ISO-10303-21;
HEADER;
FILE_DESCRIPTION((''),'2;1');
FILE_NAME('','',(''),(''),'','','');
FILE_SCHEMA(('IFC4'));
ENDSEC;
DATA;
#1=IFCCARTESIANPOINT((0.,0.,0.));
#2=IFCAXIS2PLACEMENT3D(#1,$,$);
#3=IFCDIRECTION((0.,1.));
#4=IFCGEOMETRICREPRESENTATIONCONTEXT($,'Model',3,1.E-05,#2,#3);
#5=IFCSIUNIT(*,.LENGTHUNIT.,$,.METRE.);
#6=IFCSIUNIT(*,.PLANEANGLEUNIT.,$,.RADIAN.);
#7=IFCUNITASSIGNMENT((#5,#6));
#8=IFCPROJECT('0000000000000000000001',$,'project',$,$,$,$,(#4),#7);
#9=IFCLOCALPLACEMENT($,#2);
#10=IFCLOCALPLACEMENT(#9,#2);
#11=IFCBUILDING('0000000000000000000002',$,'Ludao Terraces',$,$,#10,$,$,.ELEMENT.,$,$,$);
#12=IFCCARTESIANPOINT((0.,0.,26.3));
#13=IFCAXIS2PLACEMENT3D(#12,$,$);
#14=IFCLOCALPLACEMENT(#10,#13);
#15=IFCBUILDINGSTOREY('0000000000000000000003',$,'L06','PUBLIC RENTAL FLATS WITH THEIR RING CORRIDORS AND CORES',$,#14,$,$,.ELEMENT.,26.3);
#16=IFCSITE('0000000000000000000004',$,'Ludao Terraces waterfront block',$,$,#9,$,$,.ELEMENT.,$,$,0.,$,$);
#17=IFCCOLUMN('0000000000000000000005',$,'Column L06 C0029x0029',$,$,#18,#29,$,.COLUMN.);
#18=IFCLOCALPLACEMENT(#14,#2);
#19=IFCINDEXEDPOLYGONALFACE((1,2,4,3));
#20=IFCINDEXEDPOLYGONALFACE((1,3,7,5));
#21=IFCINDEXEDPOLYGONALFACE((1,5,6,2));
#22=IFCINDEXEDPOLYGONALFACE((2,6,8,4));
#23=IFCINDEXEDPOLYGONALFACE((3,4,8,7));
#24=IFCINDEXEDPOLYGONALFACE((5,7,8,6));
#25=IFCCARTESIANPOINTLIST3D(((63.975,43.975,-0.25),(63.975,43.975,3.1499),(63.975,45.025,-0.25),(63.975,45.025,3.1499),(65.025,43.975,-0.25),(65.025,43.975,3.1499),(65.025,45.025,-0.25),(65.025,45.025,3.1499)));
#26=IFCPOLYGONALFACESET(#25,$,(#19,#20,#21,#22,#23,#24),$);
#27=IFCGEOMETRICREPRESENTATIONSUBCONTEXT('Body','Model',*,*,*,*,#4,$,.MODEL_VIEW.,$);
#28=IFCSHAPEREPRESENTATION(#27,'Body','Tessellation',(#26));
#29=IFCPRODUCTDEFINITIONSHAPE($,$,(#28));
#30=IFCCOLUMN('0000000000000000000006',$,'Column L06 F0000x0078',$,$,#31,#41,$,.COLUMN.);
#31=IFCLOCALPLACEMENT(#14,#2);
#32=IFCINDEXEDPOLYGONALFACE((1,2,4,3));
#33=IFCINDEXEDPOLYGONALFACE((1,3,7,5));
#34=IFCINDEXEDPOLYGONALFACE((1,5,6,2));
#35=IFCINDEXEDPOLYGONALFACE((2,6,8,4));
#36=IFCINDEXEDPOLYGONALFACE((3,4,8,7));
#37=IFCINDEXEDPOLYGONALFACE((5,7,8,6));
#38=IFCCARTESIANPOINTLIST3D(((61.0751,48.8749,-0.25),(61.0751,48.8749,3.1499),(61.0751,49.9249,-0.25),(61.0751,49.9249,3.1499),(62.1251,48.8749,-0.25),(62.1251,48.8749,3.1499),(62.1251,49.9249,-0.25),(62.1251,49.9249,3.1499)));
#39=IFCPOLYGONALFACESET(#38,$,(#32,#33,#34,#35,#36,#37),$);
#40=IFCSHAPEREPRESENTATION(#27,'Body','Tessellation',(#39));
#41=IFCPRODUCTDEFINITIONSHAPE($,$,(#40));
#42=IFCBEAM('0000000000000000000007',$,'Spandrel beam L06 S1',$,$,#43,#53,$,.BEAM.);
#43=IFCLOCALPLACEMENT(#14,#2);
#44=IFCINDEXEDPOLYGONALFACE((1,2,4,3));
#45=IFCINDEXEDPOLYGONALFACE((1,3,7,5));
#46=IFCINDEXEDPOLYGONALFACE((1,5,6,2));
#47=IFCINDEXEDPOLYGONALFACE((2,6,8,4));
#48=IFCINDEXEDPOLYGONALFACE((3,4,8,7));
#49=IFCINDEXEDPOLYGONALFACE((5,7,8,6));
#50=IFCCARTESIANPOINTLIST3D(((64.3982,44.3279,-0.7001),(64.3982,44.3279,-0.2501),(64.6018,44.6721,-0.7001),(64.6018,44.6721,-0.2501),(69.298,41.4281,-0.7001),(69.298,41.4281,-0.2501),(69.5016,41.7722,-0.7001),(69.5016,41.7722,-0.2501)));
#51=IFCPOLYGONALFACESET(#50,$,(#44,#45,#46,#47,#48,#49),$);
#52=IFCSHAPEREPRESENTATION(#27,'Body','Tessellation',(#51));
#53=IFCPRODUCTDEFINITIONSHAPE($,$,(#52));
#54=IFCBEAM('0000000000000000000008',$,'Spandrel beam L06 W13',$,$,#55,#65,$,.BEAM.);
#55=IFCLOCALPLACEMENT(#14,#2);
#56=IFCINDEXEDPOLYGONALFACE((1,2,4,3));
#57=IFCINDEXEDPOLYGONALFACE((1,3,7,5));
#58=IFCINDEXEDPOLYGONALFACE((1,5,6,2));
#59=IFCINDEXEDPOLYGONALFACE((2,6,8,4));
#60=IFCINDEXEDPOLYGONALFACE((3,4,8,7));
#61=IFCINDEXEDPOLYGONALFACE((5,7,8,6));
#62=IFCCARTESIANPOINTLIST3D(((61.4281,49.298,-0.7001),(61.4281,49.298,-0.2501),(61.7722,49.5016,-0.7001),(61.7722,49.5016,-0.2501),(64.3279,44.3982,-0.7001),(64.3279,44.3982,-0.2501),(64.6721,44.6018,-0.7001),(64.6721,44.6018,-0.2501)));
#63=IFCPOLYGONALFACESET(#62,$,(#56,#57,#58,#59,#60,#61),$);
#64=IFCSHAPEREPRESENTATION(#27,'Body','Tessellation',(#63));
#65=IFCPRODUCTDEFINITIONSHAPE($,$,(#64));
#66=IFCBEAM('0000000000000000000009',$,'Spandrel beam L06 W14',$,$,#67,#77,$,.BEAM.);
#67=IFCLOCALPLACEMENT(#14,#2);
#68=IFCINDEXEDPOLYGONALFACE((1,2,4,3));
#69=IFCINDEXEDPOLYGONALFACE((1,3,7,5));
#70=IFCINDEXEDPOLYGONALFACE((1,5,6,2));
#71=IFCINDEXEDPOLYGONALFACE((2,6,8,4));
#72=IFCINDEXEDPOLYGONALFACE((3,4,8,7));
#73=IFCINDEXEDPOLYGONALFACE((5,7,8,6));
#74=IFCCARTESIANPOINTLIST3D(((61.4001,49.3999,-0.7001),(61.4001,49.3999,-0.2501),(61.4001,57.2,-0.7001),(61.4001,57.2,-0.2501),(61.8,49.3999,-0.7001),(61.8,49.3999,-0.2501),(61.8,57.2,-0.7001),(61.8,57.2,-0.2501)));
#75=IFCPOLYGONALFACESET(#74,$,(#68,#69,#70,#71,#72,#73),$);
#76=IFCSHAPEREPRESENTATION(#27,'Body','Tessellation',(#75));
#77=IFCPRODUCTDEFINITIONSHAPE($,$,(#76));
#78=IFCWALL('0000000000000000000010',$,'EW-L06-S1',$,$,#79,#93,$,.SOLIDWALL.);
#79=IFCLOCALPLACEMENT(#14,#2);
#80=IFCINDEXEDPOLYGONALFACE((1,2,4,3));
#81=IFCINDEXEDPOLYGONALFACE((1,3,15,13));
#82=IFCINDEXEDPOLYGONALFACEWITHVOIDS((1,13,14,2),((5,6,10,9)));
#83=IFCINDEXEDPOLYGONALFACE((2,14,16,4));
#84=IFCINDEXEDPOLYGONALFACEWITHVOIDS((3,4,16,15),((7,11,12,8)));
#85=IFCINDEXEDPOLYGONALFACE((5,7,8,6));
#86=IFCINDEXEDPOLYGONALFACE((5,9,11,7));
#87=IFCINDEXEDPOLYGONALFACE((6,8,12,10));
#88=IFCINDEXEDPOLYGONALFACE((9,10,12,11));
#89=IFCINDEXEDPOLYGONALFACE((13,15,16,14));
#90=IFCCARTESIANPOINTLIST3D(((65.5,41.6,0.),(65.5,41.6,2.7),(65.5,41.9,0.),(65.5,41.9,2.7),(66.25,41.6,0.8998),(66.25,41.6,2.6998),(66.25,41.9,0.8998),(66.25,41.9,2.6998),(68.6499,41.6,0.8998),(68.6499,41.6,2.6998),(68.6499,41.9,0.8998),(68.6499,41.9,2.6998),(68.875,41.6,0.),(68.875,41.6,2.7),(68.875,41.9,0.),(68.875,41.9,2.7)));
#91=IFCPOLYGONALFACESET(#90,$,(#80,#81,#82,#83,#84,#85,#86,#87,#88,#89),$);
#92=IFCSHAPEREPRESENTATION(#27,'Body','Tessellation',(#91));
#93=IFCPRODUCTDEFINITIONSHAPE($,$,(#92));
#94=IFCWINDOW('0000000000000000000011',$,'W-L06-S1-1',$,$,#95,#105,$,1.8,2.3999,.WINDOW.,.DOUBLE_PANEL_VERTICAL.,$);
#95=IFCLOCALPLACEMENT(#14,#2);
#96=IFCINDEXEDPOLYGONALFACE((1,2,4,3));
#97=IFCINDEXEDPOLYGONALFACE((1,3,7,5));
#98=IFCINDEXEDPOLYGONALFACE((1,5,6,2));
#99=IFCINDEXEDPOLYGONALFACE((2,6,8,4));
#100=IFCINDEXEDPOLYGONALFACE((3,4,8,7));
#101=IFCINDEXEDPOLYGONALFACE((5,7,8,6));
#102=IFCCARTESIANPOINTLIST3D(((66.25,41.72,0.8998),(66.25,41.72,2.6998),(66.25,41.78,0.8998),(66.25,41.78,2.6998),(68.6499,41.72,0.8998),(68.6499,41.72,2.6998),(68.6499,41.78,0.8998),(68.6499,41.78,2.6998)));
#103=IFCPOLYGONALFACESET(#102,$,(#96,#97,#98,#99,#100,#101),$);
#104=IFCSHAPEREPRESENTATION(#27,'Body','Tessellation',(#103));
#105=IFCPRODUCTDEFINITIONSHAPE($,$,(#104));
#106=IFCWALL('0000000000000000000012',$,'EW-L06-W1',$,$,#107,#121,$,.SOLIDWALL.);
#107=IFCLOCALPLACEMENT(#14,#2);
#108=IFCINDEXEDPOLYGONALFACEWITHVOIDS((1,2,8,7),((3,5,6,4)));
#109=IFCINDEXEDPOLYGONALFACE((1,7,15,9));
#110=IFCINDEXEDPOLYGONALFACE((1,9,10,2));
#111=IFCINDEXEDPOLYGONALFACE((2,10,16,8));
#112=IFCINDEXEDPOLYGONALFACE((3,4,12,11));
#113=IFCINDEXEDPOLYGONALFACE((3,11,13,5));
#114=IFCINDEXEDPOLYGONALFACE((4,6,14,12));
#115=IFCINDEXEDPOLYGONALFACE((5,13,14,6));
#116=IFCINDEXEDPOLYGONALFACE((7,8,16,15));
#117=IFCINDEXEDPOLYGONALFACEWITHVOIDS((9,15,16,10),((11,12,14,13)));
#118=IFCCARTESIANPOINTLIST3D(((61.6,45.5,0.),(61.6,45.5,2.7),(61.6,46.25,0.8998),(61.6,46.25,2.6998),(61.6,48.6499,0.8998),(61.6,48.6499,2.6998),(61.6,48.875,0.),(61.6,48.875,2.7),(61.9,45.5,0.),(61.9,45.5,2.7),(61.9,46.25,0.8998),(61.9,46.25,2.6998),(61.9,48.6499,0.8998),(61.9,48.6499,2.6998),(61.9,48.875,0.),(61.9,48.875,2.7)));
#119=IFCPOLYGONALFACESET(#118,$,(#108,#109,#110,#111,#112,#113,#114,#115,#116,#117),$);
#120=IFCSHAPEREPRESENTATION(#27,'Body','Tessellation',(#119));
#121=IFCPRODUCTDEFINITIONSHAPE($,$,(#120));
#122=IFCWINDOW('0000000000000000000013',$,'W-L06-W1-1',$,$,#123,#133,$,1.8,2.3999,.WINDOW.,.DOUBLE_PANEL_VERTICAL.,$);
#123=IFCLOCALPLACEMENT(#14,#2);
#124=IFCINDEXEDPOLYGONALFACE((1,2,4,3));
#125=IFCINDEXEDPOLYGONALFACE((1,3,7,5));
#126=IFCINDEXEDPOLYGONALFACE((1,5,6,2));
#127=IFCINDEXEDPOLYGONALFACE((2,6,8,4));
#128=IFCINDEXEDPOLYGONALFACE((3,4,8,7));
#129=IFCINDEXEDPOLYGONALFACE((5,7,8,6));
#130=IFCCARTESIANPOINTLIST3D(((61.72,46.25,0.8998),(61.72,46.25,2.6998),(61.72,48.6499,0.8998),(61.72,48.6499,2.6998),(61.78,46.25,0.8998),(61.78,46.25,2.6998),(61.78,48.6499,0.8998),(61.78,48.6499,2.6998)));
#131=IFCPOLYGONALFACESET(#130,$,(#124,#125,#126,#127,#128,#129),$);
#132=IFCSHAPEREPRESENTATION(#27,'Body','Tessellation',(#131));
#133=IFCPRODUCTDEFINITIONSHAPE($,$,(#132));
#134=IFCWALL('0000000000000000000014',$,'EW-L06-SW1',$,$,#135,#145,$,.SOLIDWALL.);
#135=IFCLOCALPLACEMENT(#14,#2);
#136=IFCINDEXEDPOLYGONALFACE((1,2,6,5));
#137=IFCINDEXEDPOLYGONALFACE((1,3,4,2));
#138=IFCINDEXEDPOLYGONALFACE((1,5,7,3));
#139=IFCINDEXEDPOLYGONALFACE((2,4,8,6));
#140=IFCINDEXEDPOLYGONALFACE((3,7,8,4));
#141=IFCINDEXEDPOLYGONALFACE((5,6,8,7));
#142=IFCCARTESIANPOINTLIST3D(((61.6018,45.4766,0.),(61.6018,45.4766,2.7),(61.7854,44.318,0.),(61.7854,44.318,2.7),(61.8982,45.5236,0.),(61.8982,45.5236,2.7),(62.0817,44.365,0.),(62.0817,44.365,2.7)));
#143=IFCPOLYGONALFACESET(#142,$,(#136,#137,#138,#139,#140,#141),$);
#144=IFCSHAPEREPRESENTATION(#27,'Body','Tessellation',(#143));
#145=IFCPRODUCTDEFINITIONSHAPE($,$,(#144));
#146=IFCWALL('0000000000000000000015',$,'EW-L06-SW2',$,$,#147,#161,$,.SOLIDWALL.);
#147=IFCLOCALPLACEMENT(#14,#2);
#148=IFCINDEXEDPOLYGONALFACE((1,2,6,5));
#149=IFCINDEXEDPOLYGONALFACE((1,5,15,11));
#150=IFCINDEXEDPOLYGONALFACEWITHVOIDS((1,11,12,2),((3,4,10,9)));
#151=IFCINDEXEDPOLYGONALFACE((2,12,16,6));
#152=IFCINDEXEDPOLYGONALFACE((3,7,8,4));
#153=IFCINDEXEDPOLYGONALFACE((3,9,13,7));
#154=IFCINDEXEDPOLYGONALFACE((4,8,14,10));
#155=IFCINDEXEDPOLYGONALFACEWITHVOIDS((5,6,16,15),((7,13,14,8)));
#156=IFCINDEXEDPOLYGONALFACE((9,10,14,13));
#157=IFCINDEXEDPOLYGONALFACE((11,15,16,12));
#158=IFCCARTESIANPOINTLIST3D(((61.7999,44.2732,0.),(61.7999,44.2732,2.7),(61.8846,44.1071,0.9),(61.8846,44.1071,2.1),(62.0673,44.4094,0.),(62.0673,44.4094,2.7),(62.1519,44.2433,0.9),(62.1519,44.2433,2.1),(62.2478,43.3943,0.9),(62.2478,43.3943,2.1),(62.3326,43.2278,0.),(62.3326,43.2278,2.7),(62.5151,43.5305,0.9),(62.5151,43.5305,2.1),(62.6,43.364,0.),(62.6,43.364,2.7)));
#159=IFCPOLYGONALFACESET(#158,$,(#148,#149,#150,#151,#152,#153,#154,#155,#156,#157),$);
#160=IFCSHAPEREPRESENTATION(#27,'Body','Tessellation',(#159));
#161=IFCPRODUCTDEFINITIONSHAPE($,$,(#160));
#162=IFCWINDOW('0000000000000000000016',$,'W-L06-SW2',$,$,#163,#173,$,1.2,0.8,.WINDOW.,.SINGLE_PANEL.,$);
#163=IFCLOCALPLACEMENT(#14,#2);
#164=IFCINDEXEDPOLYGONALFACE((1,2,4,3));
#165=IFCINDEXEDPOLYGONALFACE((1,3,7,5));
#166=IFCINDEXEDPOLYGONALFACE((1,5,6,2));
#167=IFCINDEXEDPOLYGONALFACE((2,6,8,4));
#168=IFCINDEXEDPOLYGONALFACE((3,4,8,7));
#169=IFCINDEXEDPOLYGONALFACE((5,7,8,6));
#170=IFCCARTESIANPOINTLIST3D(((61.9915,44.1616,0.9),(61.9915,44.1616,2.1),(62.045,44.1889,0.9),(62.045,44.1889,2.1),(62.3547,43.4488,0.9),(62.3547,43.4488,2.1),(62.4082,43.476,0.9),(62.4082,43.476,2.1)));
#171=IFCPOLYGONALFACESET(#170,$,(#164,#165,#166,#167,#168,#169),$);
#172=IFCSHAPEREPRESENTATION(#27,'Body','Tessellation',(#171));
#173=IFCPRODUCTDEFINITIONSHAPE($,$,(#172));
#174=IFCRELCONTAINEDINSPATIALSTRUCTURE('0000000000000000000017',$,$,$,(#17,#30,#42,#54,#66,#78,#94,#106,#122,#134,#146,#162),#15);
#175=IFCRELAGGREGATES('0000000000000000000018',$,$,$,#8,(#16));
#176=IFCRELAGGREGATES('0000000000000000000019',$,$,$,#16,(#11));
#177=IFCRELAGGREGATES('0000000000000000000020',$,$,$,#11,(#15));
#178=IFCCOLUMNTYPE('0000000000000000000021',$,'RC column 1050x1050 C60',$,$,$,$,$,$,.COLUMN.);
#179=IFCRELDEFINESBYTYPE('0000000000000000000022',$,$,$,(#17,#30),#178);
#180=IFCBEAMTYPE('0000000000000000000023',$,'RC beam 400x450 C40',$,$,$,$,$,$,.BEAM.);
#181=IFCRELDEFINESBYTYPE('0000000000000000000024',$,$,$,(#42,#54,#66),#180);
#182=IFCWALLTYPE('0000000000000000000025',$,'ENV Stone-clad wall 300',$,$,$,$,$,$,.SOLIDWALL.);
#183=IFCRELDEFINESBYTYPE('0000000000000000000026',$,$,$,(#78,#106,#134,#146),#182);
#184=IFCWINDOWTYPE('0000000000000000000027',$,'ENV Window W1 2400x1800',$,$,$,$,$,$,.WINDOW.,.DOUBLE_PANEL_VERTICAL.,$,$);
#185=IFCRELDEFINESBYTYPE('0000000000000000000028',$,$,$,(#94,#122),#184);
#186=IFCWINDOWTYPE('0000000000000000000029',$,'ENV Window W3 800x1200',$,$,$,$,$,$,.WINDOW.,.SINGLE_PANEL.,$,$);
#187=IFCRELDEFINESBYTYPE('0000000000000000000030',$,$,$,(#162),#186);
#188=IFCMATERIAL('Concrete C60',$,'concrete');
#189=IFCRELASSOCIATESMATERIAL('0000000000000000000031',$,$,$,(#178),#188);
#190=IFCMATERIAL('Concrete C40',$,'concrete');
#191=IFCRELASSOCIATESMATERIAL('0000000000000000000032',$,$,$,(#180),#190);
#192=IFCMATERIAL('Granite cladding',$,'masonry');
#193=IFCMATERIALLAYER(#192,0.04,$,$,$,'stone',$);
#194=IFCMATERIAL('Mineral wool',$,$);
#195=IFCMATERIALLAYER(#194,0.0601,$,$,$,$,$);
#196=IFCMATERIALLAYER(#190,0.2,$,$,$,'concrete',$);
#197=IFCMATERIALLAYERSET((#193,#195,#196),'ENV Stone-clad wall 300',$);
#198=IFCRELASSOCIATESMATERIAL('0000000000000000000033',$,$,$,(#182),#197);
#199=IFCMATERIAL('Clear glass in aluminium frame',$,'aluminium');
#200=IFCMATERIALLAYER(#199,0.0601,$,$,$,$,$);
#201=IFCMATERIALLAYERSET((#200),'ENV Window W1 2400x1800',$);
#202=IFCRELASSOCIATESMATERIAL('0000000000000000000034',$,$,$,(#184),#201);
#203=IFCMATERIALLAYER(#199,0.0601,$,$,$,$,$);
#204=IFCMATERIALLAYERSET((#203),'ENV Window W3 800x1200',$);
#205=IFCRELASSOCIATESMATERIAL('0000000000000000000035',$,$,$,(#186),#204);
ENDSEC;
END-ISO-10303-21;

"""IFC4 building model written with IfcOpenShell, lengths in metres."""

from ifc_helpers import new_model, si_unit, direction, frame, frame_2d, origin, origin_2d, place, context, subcontext, project, spatial, rectangle, extrude, material, layer, layer_set, material_profile, profile_set, type_object, element, fill, save


model = new_model("IFC4")

# Units and contexts
model_context = context("Model", 3, precision=1e-05, world=origin(), true_north=direction((0.0, 1.0)))
body_context = subcontext(model_context, "Body", "Model", "MODEL_VIEW")
ifc_project = project(units=[si_unit("LENGTHUNIT", "METRE"), si_unit("PLANEANGLEUNIT", "RADIAN")], contexts=[model_context])

# Site, building, storey
site_placement = place(None, origin())
site = spatial("IfcSite", under=ifc_project, at=site_placement, Name="Ludao Terraces waterfront block", CompositionType="ELEMENT", RefElevation=0.0)
building_placement = place(site_placement, origin())
building = spatial("IfcBuilding", under=site, at=building_placement, Name="Ludao Terraces", CompositionType="ELEMENT")
storey_placement = place(building_placement, frame((0.0, 0.0, 26.3)))
storey = spatial("IfcBuildingStorey", under=building, at=storey_placement, Name="L06", Description="PUBLIC RENTAL FLATS WITH THEIR RING CORRIDORS AND CORES", CompositionType="ELEMENT", Elevation=26.3)

# Columns
ifc_material_1 = material(Name="Concrete C60", Category="concrete")
ifc_material_profile_1 = material_profile(ifc_material_1, rectangle(XDim=1.05, YDim=1.05, at=origin_2d()), Name="1050 X 1050")
ifc_profile_set_1 = profile_set([ifc_material_profile_1], Name="Concrete C60")
column_type = type_object("IfcColumnType", Name="RC column 1050x1050 C60", PredefinedType="COLUMN", material=ifc_profile_set_1)
for number, where, z_axis, x_axis, name in (
    (1, (64.5, 44.5, -0.25), (0.0, 0.0, 1.0), (1.0, 0.0, 0.0), "Column L06 C0029x0029"),
    (2, (61.6001, 49.3999, -0.25), (0.0, 0.0, 1.0), (1.0, 0.0, 0.0), "Column L06 F0000x0078"),
):
    element("IfcColumn", number, at=place(storey_placement, frame(where, z_axis=z_axis, x_axis=x_axis)), inside=storey, type_object=column_type, Name=name, PredefinedType="COLUMN", context=body_context, shape_type="SweptSolid", body=[
        extrude(rectangle(XDim=1.05, YDim=1.05, at=origin_2d()), origin(), (0.0, 0.0, 1.0), 3.3999),
    ])

# Beams
ifc_material_2 = material(Name="Concrete C40", Category="concrete")
ifc_material_profile_2 = material_profile(ifc_material_2, rectangle(XDim=0.3999, YDim=0.45, at=origin_2d()), Name="400 X 450")
ifc_profile_set_2 = profile_set([ifc_material_profile_2], Name="Concrete C40")
beam_type = type_object("IfcBeamType", Name="RC beam 400x450 C40", PredefinedType="BEAM", material=ifc_profile_set_2)
for number, where, z_axis, x_axis, name in (
    (3, (64.5, 44.5, -0.4751), (0.86058, -0.509316, 0.0), (0.509316, 0.86058, 0.0), "Spandrel beam L06 S1"),
    (4, (64.5, 44.5, -0.4751), (-0.509316, 0.86058, 0.0), (-0.86058, -0.509316, 0.0), "Spandrel beam L06 W13"),
):
    element("IfcBeam", number, at=place(storey_placement, frame(where, z_axis=z_axis, x_axis=x_axis)), inside=storey, type_object=beam_type, Name=name, PredefinedType="BEAM", context=body_context, shape_type="SweptSolid", body=[
        extrude(rectangle(XDim=0.3999, YDim=0.45, at=origin_2d()), origin(), (0.0, 0.0, 1.0), 5.6936),
    ])
beam_placement = place(storey_placement, frame((61.6001, 49.3999, -0.4751), z_axis=(0.0, 1.0, 0.0), x_axis=(-1.0, 0.0, 0.0)))
element("IfcBeam", 5, at=beam_placement, inside=storey, type_object=beam_type, Name="Spandrel beam L06 W14", PredefinedType="BEAM", context=body_context, shape_type="SweptSolid", body=[
    extrude(rectangle(XDim=0.3999, YDim=0.45, at=origin_2d()), origin(), (0.0, 0.0, 1.0), 7.8),
])

# Walls, openings, windows
ifc_material_3 = material(Name="Granite cladding", Category="masonry")
ifc_layer_1 = layer(ifc_material_3, 0.04, Category="stone")
ifc_material_4 = material(Name="Mineral wool")
ifc_layer_2 = layer(ifc_material_4, 0.0601)
ifc_layer_3 = layer(ifc_material_2, 0.2, Category="concrete")
ifc_layer_set_1 = layer_set([ifc_layer_1, ifc_layer_2, ifc_layer_3], Name="ENV Stone-clad wall 300")
wall_type_1 = type_object("IfcWallType", Name="ENV Stone-clad wall 300", PredefinedType="SOLIDWALL", material=ifc_layer_set_1)
wall_1_placement = place(storey_placement, frame((65.5, 41.75, 0.0), z_axis=(0.0, 0.0, 1.0), x_axis=(1.0, 0.0, 0.0)))
wall_1 = element("IfcWall", 6, at=wall_1_placement, inside=storey, type_object=wall_type_1, Name="EW-L06-S1", PredefinedType="SOLIDWALL", context=body_context, shape_type="SweptSolid", body=[
    extrude(rectangle(XDim=3.375, YDim=0.3, at=frame_2d((1.6875, 0.0))), origin(), (0.0, 0.0, 1.0), 2.7),
])
opening_1_placement = place(wall_1_placement, frame((0.75, 0.0, 0.8999)))
opening_1 = element("IfcOpeningElement", 7, at=opening_1_placement, cuts=wall_1, PredefinedType="OPENING", context=body_context, shape_type="SweptSolid", body=[
    extrude(rectangle(XDim=2.3999, YDim=1.8, at=frame_2d((1.2, 0.8999))), frame((0.0, 0.1602, 0.0), z_axis=(0.0, -1.0, 0.0), x_axis=(1.0, 0.0, 0.0)), (0.0, 0.0, 1.0), 0.3201),
])
ifc_material_5 = material(Name="Clear glass in aluminium frame", Category="aluminium")
ifc_layer_4 = layer(ifc_material_5, 0.0601)
ifc_layer_set_2 = layer_set([ifc_layer_4], Name="ENV Window W1 2400x1800")
window_type_1 = type_object("IfcWindowType", Name="ENV Window W1 2400x1800", PartitioningType="DOUBLE_PANEL_VERTICAL", PredefinedType="WINDOW", material=ifc_layer_set_2)
window_1_placement = place(opening_1_placement, origin())
window_1 = element("IfcWindow", 8, at=window_1_placement, inside=storey, type_object=window_type_1, Name="W-L06-S1-1", OverallHeight=1.8, OverallWidth=2.3999, PartitioningType="DOUBLE_PANEL_VERTICAL", PredefinedType="WINDOW", context=body_context, shape_type="SweptSolid", body=[
    extrude(rectangle(XDim=2.3999, YDim=1.8, at=frame_2d((1.2, 0.8999))), frame((0.0, 0.03, 0.0), z_axis=(0.0, -1.0, 0.0), x_axis=(1.0, 0.0, 0.0)), (0.0, 0.0, 1.0), 0.0601),
])
fill(opening_1, window_1)
wall_2_placement = place(storey_placement, frame((61.75, 45.5, 0.0), z_axis=(0.0, 0.0, 1.0), x_axis=(0.0, 1.0, 0.0)))
wall_2 = element("IfcWall", 9, at=wall_2_placement, inside=storey, type_object=wall_type_1, Name="EW-L06-W1", PredefinedType="SOLIDWALL", context=body_context, shape_type="SweptSolid", body=[
    extrude(rectangle(XDim=3.375, YDim=0.3, at=frame_2d((1.6875, 0.0))), origin(), (0.0, 0.0, 1.0), 2.7),
])
opening_2_placement = place(wall_2_placement, frame((0.75, 0.0, 0.8999)))
opening_2 = element("IfcOpeningElement", 10, at=opening_2_placement, cuts=wall_2, PredefinedType="OPENING", context=body_context, shape_type="SweptSolid", body=[
    extrude(rectangle(XDim=2.3999, YDim=1.8, at=frame_2d((1.2, 0.8999))), frame((0.0, 0.1602, 0.0), z_axis=(0.0, -1.0, 0.0), x_axis=(1.0, 0.0, 0.0)), (0.0, 0.0, 1.0), 0.3201),
])
window_2_placement = place(opening_2_placement, origin())
window_2 = element("IfcWindow", 11, at=window_2_placement, inside=storey, type_object=window_type_1, Name="W-L06-W1-1", OverallHeight=1.8, OverallWidth=2.3999, PartitioningType="DOUBLE_PANEL_VERTICAL", PredefinedType="WINDOW", context=body_context, shape_type="SweptSolid", body=[
    extrude(rectangle(XDim=2.3999, YDim=1.8, at=frame_2d((1.2, 0.8999))), frame((0.0, 0.03, 0.0), z_axis=(0.0, -1.0, 0.0), x_axis=(1.0, 0.0, 0.0)), (0.0, 0.0, 1.0), 0.0601),
])
fill(opening_2, window_2)

# Wall
wall_3_placement = place(storey_placement, frame((61.75, 45.5, 0.0), z_axis=(0.0, 0.0, 1.0), x_axis=(0.156497, -0.987678, 0.0)))
element("IfcWall", 12, at=wall_3_placement, inside=storey, type_object=wall_type_1, Name="EW-L06-SW1", PredefinedType="SOLIDWALL", context=body_context, shape_type="SweptSolid", body=[
    extrude(rectangle(XDim=1.1731, YDim=0.3, at=frame_2d((0.5864, 0.0))), origin(), (0.0, 0.0, 1.0), 2.7),
])

# Wall, opening, window
wall_4_placement = place(storey_placement, frame((61.9336, 44.3413, 0.0), z_axis=(0.0, 0.0, 1.0), x_axis=(0.454026, -0.890989, 0.0)))
wall_4 = element("IfcWall", 13, at=wall_4_placement, inside=storey, type_object=wall_type_1, Name="EW-L06-SW2", PredefinedType="SOLIDWALL", context=body_context, shape_type="SweptSolid", body=[
    extrude(rectangle(XDim=1.1733, YDim=0.3, at=frame_2d((0.5867, 0.0))), origin(), (0.0, 0.0, 1.0), 2.7),
])
opening_3_placement = place(wall_4_placement, frame((0.1865, 0.0, 0.8999)))
opening_3 = element("IfcOpeningElement", 14, at=opening_3_placement, cuts=wall_4, PredefinedType="OPENING", context=body_context, shape_type="SweptSolid", body=[
    extrude(rectangle(XDim=0.8, YDim=1.2, at=frame_2d((0.3999, 0.6001))), frame((0.0, 0.1602, 0.0), z_axis=(0.0, -1.0, 0.0), x_axis=(1.0, 0.0, 0.0)), (0.0, 0.0, 1.0), 0.3201),
])
ifc_layer_5 = layer(ifc_material_5, 0.0601)
ifc_layer_set_3 = layer_set([ifc_layer_5], Name="ENV Window W3 800x1200")
window_type_2 = type_object("IfcWindowType", Name="ENV Window W3 800x1200", PartitioningType="SINGLE_PANEL", PredefinedType="WINDOW", material=ifc_layer_set_3)
window_3_placement = place(opening_3_placement, origin())
window_3 = element("IfcWindow", 15, at=window_3_placement, inside=storey, type_object=window_type_2, Name="W-L06-SW2", OverallHeight=1.2, OverallWidth=0.8, PartitioningType="SINGLE_PANEL", PredefinedType="WINDOW", context=body_context, shape_type="SweptSolid", body=[
    extrude(rectangle(XDim=0.8, YDim=1.2, at=frame_2d((0.3999, 0.6001))), frame((0.0, 0.03, 0.0), z_axis=(0.0, -1.0, 0.0), x_axis=(1.0, 0.0, 0.0)), (0.0, 0.0, 1.0), 0.0601),
])
fill(opening_3, window_3)

save(model, "model.ifc")
